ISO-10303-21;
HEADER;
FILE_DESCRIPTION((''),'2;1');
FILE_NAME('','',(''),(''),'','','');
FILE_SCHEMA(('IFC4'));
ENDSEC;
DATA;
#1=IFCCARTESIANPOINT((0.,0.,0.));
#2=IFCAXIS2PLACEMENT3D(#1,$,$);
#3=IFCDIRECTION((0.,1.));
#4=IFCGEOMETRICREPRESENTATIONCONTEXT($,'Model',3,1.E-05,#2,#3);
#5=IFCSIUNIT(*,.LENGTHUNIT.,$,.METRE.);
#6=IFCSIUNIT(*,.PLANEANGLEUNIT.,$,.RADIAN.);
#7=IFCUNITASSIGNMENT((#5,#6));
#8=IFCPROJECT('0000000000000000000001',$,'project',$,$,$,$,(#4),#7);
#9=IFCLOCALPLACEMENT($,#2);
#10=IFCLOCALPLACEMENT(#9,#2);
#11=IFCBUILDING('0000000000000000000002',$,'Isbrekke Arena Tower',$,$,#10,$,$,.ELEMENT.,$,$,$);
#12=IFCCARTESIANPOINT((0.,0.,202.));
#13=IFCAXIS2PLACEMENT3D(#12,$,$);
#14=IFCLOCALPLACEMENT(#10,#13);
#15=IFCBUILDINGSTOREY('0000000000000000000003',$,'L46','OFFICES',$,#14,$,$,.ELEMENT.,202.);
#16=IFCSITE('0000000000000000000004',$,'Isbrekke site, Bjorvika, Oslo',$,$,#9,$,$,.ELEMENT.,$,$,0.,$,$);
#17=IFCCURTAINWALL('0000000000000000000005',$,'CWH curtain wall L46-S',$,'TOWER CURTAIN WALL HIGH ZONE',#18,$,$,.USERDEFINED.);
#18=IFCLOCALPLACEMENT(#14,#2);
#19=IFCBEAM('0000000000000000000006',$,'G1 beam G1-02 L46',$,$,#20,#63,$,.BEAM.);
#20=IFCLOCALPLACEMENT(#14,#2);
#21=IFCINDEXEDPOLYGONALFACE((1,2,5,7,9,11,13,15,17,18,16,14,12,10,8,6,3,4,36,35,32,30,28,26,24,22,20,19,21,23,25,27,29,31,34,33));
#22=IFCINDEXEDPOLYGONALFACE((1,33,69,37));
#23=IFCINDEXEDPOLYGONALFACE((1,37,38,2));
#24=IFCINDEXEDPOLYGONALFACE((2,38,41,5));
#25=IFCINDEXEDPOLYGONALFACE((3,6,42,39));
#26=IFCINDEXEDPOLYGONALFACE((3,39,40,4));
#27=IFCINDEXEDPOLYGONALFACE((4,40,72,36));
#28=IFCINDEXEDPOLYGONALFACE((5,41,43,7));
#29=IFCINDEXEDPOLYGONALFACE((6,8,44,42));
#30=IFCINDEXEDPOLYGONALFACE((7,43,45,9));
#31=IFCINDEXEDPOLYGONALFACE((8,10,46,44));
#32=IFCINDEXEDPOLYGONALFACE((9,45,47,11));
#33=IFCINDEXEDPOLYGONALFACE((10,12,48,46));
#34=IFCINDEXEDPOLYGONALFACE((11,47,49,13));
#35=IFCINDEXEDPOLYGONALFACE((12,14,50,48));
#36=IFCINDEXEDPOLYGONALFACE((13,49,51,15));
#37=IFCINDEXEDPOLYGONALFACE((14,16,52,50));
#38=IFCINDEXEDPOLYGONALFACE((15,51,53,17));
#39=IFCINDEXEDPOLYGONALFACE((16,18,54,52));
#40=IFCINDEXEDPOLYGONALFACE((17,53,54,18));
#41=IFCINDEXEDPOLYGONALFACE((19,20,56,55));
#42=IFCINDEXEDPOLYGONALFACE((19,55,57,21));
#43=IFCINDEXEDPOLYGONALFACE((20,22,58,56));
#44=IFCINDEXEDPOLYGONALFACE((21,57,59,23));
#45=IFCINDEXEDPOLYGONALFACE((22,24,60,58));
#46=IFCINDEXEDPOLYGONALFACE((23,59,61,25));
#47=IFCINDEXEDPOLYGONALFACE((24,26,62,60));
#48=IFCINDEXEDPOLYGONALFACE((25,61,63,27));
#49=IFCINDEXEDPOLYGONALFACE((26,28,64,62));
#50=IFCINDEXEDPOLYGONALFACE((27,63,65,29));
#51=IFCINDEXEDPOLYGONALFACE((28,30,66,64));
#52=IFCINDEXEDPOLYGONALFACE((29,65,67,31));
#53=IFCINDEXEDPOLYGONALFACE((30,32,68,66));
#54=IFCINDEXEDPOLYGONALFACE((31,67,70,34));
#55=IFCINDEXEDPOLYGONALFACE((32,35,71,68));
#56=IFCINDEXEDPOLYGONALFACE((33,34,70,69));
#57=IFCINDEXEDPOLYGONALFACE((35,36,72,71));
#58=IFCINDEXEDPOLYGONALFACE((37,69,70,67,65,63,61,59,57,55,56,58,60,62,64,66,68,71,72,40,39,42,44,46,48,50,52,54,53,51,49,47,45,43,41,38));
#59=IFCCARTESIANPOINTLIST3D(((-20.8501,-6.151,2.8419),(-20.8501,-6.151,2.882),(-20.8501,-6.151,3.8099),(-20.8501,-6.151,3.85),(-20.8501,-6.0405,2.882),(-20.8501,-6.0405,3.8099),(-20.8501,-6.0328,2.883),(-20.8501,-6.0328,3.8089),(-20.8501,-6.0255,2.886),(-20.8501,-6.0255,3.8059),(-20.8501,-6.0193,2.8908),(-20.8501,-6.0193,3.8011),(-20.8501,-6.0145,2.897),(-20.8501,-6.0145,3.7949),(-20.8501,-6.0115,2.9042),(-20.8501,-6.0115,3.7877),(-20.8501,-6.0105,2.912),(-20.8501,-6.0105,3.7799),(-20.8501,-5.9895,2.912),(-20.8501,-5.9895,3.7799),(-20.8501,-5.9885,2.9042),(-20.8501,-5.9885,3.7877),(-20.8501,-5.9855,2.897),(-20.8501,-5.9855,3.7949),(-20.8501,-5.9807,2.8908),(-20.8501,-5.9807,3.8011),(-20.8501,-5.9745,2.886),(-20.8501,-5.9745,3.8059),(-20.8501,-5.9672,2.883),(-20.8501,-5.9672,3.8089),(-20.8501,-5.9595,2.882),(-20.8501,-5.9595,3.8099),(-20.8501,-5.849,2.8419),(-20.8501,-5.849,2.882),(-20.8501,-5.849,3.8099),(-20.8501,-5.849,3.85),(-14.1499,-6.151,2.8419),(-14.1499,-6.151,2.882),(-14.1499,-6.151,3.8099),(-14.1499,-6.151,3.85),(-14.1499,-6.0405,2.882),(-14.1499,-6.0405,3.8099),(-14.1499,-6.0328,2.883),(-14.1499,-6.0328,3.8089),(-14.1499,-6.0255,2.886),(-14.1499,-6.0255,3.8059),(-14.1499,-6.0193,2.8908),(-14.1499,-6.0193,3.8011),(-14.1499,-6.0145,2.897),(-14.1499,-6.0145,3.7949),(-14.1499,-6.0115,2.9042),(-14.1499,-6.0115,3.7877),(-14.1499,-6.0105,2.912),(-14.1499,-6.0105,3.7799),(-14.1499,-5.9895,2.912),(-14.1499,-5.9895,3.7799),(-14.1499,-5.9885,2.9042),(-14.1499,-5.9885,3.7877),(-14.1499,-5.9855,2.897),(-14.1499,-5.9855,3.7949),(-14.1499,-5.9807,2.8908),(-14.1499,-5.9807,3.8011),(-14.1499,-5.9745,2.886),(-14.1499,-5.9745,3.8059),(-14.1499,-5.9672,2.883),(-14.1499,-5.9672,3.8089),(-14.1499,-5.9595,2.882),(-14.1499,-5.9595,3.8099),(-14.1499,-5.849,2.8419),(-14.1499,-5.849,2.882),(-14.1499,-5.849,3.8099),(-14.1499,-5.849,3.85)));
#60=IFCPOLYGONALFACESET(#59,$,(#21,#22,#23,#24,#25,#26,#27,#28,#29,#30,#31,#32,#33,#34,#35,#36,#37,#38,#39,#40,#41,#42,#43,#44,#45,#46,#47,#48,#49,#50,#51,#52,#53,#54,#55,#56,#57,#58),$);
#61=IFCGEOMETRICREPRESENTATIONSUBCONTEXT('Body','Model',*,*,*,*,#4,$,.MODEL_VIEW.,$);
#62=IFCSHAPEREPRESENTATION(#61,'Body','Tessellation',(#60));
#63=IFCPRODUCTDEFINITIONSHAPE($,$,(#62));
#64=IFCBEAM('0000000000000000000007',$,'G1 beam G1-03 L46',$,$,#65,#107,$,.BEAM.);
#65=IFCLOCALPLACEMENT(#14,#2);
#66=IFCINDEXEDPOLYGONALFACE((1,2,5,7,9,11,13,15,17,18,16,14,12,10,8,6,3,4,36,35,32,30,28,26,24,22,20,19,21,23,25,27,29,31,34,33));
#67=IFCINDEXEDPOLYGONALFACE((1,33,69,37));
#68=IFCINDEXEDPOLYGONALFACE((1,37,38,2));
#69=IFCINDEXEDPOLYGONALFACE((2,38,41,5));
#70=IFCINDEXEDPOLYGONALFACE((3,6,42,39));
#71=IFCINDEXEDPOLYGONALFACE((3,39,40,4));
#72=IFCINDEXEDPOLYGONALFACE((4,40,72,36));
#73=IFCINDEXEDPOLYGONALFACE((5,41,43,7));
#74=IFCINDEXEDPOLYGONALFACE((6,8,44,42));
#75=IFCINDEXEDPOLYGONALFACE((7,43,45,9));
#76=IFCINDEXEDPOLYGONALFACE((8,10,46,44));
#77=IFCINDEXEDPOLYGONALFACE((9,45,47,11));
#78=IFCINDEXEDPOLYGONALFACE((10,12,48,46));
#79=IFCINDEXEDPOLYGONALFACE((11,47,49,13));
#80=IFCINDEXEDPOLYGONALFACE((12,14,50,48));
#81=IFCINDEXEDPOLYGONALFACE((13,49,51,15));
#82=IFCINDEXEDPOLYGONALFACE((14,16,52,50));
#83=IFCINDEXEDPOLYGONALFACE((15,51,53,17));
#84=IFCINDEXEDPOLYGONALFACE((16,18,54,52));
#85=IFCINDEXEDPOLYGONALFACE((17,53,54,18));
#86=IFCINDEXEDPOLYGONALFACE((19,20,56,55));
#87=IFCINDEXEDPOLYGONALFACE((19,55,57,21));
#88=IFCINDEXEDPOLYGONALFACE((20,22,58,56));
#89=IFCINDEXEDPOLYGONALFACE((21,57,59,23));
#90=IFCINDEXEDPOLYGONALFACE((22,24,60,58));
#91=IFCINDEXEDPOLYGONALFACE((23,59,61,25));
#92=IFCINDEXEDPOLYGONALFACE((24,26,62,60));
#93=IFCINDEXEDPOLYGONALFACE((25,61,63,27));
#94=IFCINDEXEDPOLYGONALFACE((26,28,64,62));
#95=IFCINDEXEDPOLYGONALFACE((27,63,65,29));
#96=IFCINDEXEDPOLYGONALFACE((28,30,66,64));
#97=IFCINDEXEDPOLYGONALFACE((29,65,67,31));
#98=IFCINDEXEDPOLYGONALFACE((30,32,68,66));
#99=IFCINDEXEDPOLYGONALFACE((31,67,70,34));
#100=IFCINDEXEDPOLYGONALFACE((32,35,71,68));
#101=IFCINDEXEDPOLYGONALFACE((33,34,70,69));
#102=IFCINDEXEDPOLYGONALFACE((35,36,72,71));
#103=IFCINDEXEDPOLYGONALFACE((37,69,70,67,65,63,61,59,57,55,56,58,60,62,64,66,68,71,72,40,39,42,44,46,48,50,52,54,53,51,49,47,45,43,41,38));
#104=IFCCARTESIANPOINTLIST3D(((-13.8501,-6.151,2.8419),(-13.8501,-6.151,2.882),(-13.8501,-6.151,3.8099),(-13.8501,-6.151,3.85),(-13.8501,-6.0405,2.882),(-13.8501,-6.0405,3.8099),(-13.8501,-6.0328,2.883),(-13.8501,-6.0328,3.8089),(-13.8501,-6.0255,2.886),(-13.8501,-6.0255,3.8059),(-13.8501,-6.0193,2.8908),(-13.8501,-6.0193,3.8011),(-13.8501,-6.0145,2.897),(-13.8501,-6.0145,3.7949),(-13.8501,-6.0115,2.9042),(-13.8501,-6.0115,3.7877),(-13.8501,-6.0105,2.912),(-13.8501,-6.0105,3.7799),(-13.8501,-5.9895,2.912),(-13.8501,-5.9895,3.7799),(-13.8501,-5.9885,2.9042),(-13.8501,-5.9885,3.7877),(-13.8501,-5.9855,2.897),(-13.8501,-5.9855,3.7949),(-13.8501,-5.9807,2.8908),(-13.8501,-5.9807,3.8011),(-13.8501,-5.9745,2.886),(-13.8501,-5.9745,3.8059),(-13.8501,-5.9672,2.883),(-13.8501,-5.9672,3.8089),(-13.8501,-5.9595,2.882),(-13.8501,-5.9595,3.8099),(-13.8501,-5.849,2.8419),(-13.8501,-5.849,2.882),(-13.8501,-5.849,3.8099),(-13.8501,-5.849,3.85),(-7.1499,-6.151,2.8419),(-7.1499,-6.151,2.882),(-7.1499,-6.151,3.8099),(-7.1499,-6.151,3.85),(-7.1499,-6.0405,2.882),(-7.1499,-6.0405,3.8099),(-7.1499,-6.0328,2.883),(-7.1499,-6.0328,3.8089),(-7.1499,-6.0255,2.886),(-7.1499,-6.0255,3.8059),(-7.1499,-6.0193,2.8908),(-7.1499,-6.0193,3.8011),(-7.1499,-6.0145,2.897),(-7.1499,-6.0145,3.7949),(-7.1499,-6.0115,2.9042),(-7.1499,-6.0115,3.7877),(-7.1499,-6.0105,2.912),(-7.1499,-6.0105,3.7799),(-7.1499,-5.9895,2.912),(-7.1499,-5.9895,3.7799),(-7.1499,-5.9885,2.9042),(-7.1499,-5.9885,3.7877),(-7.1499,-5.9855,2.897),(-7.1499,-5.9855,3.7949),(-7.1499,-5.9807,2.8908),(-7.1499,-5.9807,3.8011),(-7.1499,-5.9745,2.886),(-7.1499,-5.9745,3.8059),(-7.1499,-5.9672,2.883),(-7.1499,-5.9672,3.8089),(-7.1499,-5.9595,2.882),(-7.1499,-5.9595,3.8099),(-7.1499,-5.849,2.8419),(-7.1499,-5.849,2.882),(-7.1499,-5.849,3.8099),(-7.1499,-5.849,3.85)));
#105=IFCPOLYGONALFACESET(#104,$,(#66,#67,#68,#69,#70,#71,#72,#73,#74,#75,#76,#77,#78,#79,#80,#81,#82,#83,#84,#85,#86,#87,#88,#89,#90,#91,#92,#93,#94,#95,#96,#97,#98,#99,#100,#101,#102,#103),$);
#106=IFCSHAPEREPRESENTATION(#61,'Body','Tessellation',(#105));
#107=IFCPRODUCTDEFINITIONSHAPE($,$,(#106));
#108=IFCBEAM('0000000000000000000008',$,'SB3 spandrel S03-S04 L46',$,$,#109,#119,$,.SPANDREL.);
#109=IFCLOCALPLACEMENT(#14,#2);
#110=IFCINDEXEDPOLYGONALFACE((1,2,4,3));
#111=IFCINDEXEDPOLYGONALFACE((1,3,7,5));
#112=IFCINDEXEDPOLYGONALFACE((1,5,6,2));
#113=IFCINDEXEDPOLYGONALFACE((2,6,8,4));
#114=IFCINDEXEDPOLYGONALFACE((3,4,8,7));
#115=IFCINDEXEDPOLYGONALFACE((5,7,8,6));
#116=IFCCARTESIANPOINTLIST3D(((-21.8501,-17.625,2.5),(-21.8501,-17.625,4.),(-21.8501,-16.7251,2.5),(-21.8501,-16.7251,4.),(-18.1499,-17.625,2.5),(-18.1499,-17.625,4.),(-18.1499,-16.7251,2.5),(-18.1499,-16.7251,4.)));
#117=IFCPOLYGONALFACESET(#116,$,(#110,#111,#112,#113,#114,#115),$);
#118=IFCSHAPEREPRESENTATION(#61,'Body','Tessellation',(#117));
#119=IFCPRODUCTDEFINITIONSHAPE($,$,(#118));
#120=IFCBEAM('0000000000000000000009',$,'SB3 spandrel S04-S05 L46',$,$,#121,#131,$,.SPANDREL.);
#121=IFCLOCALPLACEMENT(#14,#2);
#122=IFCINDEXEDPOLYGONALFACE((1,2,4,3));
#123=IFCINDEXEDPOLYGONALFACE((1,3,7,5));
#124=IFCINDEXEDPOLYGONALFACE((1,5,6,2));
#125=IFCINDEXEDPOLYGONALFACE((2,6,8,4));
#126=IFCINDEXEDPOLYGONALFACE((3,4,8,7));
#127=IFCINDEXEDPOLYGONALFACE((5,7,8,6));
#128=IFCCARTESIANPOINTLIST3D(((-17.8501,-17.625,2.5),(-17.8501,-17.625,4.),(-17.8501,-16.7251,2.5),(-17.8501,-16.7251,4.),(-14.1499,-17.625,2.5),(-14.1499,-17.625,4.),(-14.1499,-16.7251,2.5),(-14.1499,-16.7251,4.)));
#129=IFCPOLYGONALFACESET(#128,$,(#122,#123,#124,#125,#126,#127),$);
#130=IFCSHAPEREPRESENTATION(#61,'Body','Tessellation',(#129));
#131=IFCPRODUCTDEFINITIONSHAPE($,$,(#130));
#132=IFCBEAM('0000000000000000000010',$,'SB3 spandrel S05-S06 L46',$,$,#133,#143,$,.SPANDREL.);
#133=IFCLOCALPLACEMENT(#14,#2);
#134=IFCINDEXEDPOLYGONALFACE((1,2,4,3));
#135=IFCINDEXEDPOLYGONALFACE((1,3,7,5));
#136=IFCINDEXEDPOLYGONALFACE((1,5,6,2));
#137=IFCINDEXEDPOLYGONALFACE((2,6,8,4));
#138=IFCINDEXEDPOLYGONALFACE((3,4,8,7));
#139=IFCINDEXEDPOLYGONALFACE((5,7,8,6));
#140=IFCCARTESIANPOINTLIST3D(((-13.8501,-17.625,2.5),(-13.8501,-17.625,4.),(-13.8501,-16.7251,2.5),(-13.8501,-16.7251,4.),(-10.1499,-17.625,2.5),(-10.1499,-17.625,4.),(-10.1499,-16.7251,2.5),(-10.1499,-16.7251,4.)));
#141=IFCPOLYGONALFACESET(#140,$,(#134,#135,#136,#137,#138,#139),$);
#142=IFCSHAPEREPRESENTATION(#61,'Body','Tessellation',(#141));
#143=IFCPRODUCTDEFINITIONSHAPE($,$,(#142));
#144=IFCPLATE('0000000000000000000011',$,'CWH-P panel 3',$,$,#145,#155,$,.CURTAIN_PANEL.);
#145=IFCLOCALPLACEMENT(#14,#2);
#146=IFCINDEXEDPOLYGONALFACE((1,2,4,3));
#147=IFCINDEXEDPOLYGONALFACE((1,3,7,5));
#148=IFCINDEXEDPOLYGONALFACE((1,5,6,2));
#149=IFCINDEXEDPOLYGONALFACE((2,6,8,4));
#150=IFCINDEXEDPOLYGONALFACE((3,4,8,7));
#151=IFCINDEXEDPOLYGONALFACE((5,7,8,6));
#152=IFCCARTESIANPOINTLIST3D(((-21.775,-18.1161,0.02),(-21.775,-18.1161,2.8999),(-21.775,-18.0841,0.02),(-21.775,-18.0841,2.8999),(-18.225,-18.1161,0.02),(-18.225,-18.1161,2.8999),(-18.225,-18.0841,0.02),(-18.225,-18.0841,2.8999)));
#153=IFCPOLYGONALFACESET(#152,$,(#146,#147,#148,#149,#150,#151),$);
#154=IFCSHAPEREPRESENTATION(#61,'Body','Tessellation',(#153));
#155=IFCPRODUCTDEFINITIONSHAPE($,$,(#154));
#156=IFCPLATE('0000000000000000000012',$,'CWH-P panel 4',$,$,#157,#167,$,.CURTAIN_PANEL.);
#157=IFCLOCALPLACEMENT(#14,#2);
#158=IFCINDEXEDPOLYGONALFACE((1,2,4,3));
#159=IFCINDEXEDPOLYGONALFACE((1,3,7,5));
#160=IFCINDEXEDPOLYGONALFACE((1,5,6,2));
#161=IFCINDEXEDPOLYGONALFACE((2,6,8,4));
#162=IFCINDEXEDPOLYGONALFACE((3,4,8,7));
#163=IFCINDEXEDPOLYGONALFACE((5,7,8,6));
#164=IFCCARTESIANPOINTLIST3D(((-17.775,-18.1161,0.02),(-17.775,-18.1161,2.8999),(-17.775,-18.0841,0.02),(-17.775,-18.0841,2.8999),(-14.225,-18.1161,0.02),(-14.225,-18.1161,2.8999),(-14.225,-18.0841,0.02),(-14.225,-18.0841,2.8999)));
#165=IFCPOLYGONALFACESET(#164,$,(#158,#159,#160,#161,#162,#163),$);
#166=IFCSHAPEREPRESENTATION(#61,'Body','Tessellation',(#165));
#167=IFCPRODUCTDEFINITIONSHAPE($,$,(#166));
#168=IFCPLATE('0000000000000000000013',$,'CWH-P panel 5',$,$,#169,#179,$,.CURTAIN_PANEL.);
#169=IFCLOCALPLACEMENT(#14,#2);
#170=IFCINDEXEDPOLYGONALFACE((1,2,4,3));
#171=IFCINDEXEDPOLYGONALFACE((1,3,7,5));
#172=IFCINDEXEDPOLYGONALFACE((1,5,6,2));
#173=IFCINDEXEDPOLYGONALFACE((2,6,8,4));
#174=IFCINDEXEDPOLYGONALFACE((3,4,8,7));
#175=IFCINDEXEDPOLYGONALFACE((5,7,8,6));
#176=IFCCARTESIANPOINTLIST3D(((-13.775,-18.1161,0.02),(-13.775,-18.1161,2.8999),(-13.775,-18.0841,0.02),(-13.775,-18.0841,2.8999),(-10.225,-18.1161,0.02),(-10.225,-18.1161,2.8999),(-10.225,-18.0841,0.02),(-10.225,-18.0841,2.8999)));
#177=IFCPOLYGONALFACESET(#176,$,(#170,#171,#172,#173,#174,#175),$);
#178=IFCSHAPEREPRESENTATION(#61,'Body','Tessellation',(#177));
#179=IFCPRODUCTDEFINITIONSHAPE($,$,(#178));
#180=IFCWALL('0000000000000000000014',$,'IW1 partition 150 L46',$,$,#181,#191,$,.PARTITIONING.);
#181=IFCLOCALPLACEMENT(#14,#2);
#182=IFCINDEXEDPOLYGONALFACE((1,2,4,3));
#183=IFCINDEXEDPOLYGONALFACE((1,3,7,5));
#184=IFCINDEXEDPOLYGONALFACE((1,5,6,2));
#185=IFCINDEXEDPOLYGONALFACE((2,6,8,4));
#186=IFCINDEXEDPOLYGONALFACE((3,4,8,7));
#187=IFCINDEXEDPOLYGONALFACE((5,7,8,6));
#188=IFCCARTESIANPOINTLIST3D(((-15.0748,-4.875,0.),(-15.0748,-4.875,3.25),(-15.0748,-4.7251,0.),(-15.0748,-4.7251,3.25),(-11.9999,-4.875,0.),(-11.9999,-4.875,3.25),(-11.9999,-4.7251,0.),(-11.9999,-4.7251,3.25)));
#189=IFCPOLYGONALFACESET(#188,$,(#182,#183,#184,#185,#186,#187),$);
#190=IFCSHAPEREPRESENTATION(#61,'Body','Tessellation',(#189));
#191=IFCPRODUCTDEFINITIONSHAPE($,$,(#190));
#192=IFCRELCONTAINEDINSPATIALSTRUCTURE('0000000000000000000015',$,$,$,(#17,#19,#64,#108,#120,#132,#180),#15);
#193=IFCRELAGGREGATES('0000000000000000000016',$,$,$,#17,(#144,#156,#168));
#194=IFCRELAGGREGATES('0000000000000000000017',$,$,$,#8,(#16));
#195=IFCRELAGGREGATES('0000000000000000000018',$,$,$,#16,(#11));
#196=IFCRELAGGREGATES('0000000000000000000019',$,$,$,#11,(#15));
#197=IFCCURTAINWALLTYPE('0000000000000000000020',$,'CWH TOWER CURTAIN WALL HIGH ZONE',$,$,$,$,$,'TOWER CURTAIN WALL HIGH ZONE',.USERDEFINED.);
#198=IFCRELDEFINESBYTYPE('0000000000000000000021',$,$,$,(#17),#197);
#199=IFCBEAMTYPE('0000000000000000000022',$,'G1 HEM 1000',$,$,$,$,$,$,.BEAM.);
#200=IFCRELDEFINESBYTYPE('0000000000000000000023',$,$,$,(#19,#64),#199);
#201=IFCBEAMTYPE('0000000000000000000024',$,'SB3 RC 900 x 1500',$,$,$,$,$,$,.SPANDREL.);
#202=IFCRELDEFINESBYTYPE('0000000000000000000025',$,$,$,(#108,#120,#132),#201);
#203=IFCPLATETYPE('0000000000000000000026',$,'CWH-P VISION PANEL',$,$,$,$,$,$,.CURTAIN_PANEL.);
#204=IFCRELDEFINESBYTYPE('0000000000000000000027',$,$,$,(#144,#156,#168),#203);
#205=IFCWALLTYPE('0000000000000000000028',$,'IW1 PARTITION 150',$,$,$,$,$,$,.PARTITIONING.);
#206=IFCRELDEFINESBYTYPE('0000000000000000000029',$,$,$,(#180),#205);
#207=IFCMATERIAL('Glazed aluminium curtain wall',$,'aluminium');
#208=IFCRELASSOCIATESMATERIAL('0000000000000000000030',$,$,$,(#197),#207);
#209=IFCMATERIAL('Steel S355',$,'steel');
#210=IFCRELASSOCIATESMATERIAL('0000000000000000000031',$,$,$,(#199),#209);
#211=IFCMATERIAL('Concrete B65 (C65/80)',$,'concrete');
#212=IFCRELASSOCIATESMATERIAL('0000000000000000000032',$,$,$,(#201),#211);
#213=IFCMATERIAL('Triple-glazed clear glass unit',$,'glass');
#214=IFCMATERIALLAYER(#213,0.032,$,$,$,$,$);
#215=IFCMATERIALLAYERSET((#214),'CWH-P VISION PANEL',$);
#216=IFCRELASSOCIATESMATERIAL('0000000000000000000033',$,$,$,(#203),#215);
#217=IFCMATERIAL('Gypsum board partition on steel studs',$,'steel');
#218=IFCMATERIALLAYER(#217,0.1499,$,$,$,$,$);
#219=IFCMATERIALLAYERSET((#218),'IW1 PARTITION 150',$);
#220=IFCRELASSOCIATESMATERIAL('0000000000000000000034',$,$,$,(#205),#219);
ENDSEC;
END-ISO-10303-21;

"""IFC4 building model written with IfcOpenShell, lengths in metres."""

from ifc_helpers import new_model, si_unit, direction, frame, frame_2d, origin, origin_2d, place, context, subcontext, project, spatial, rectangle, i_section, extrude, material, layer, layer_set, material_profile, profile_set, type_object, element, aggregate, save


model = new_model("IFC4")

# Units and contexts
model_context = context("Model", 3, precision=1e-05, world=origin(), true_north=direction((0.0, 1.0)))
body_context = subcontext(model_context, "Body", "Model", "MODEL_VIEW")
ifc_project = project(units=[si_unit("LENGTHUNIT", "METRE"), si_unit("PLANEANGLEUNIT", "RADIAN")], contexts=[model_context])

# Site, building, storey
site_placement = place(None, origin())
site = spatial("IfcSite", under=ifc_project, at=site_placement, Name="Isbrekke site, Bjorvika, Oslo", CompositionType="ELEMENT", RefElevation=0.0)
building_placement = place(site_placement, origin())
building = spatial("IfcBuilding", under=site, at=building_placement, Name="Isbrekke Arena Tower", CompositionType="ELEMENT")
storey_placement = place(building_placement, frame((0.0, 0.0, 202.0)))
storey = spatial("IfcBuildingStorey", under=building, at=storey_placement, Name="L46", Description="OFFICES", CompositionType="ELEMENT", Elevation=202.0)

# Curtain wall
ifc_material_1 = material(Name="Glazed aluminium curtain wall", Category="aluminium")
curtain_wall_type = type_object("IfcCurtainWallType", Name="CWH TOWER CURTAIN WALL HIGH ZONE", ElementType="TOWER CURTAIN WALL HIGH ZONE", PredefinedType="USERDEFINED", material=ifc_material_1)
curtain_wall_placement = place(storey_placement, origin())
curtain_wall = element("IfcCurtainWall", 1, at=curtain_wall_placement, inside=storey, type_object=curtain_wall_type, Name="CWH curtain wall L46-S", ObjectType="TOWER CURTAIN WALL HIGH ZONE", PredefinedType="USERDEFINED")

# Beams
ifc_material_2 = material(Name="Steel S355", Category="steel")
ifc_material_profile_1 = material_profile(ifc_material_2, i_section(OverallWidth=0.302, OverallDepth=1.0081, WebThickness=0.021, FlangeThickness=0.04, FilletRadius=0.03, at=origin_2d()), Name="HEM 1000")
ifc_profile_set_1 = profile_set([ifc_material_profile_1], Name="Steel S355")
beam_type_1 = type_object("IfcBeamType", Name="G1 HEM 1000", PredefinedType="BEAM", material=ifc_profile_set_1)
for number, where, z_axis, x_axis, name in (
    (2, (-20.8501, -6.0, 3.3459), (1.0, 0.0, 0.0), (0.0, 1.0, 0.0), "G1 beam G1-02 L46"),
    (3, (-13.8501, -6.0, 3.3459), (1.0, 0.0, 0.0), (0.0, 1.0, 0.0), "G1 beam G1-03 L46"),
):
    element("IfcBeam", number, at=place(storey_placement, frame(where, z_axis=z_axis, x_axis=x_axis)), inside=storey, type_object=beam_type_1, Name=name, PredefinedType="BEAM", context=body_context, shape_type="SweptSolid", body=[
        extrude(i_section(OverallWidth=0.302, OverallDepth=1.0081, WebThickness=0.021, FlangeThickness=0.04, FilletRadius=0.03, at=origin_2d()), origin(), (0.0, 0.0, 1.0), 6.7002),
    ])
ifc_material_3 = material(Name="Concrete B65 (C65/80)", Category="concrete")
ifc_material_profile_2 = material_profile(ifc_material_3, rectangle(XDim=0.8999, YDim=1.5, at=origin_2d()), Name="RC 900x1500")
ifc_profile_set_2 = profile_set([ifc_material_profile_2], Name="Concrete B65 (C65/80)")
beam_type_2 = type_object("IfcBeamType", Name="SB3 RC 900 x 1500", PredefinedType="SPANDREL", material=ifc_profile_set_2)
for number, where, z_axis, x_axis, name in (
    (4, (-21.8501, -17.175, 3.25), (1.0, 0.0, 0.0), (0.0, 1.0, 0.0), "SB3 spandrel S03-S04 L46"),
    (5, (-17.8501, -17.175, 3.25), (1.0, 0.0, 0.0), (0.0, 1.0, 0.0), "SB3 spandrel S04-S05 L46"),
    (6, (-13.8501, -17.175, 3.25), (1.0, 0.0, 0.0), (0.0, 1.0, 0.0), "SB3 spandrel S05-S06 L46"),
):
    element("IfcBeam", number, at=place(storey_placement, frame(where, z_axis=z_axis, x_axis=x_axis)), inside=storey, type_object=beam_type_2, Name=name, PredefinedType="SPANDREL", context=body_context, shape_type="SweptSolid", body=[
        extrude(rectangle(XDim=0.8999, YDim=1.5, at=origin_2d()), origin(), (0.0, 0.0, 1.0), 3.7002),
    ])

# Plates
ifc_material_4 = material(Name="Triple-glazed clear glass unit", Category="glass")
ifc_layer_1 = layer(ifc_material_4, 0.032)
ifc_layer_set_1 = layer_set([ifc_layer_1], Name="CWH-P VISION PANEL")
plate_type = type_object("IfcPlateType", Name="CWH-P VISION PANEL", PredefinedType="CURTAIN_PANEL", material=ifc_layer_set_1)
plate_1_placement = place(storey_placement, frame((-20.0, -18.1001, 0.02), z_axis=(0.0, 0.0, 1.0), x_axis=(1.0, 0.0, 0.0)))
plate_1 = element("IfcPlate", 7, at=plate_1_placement, type_object=plate_type, Name="CWH-P panel 3", PredefinedType="CURTAIN_PANEL", context=body_context, shape_type="SweptSolid", body=[
    extrude(rectangle(XDim=3.55, YDim=0.032, at=origin_2d()), origin(), (0.0, 0.0, 1.0), 2.8799),
])
plate_2_placement = place(storey_placement, frame((-16.0, -18.1001, 0.02), z_axis=(0.0, 0.0, 1.0), x_axis=(1.0, 0.0, 0.0)))
plate_2 = element("IfcPlate", 8, at=plate_2_placement, type_object=plate_type, Name="CWH-P panel 4", PredefinedType="CURTAIN_PANEL", context=body_context, shape_type="SweptSolid", body=[
    extrude(rectangle(XDim=3.55, YDim=0.032, at=origin_2d()), origin(), (0.0, 0.0, 1.0), 2.8799),
])
plate_3_placement = place(storey_placement, frame((-12.0, -18.1001, 0.02), z_axis=(0.0, 0.0, 1.0), x_axis=(1.0, 0.0, 0.0)))
plate_3 = element("IfcPlate", 9, at=plate_3_placement, type_object=plate_type, Name="CWH-P panel 5", PredefinedType="CURTAIN_PANEL", context=body_context, shape_type="SweptSolid", body=[
    extrude(rectangle(XDim=3.55, YDim=0.032, at=origin_2d()), origin(), (0.0, 0.0, 1.0), 2.8799),
])
aggregate(curtain_wall, [plate_1, plate_2, plate_3])

# Wall
ifc_material_5 = material(Name="Gypsum board partition on steel studs", Category="steel")
ifc_layer_2 = layer(ifc_material_5, 0.1499)
ifc_layer_set_2 = layer_set([ifc_layer_2], Name="IW1 PARTITION 150")
wall_type_1 = type_object("IfcWallType", Name="IW1 PARTITION 150", PredefinedType="PARTITIONING", material=ifc_layer_set_2)
wall_1_placement = place(storey_placement, frame((-15.075, -4.8, 0.0), z_axis=(0.0, 0.0, 1.0), x_axis=(1.0, 0.0, 0.0)))
element("IfcWall", 10, at=wall_1_placement, inside=storey, type_object=wall_type_1, Name="IW1 partition 150 L46", PredefinedType="PARTITIONING", context=body_context, shape_type="SweptSolid", body=[
    extrude(rectangle(XDim=3.075, YDim=0.1499, at=frame_2d((1.5376, 0.0))), origin(), (0.0, 0.0, 1.0), 3.25),
])

save(model, "model.ifc")
